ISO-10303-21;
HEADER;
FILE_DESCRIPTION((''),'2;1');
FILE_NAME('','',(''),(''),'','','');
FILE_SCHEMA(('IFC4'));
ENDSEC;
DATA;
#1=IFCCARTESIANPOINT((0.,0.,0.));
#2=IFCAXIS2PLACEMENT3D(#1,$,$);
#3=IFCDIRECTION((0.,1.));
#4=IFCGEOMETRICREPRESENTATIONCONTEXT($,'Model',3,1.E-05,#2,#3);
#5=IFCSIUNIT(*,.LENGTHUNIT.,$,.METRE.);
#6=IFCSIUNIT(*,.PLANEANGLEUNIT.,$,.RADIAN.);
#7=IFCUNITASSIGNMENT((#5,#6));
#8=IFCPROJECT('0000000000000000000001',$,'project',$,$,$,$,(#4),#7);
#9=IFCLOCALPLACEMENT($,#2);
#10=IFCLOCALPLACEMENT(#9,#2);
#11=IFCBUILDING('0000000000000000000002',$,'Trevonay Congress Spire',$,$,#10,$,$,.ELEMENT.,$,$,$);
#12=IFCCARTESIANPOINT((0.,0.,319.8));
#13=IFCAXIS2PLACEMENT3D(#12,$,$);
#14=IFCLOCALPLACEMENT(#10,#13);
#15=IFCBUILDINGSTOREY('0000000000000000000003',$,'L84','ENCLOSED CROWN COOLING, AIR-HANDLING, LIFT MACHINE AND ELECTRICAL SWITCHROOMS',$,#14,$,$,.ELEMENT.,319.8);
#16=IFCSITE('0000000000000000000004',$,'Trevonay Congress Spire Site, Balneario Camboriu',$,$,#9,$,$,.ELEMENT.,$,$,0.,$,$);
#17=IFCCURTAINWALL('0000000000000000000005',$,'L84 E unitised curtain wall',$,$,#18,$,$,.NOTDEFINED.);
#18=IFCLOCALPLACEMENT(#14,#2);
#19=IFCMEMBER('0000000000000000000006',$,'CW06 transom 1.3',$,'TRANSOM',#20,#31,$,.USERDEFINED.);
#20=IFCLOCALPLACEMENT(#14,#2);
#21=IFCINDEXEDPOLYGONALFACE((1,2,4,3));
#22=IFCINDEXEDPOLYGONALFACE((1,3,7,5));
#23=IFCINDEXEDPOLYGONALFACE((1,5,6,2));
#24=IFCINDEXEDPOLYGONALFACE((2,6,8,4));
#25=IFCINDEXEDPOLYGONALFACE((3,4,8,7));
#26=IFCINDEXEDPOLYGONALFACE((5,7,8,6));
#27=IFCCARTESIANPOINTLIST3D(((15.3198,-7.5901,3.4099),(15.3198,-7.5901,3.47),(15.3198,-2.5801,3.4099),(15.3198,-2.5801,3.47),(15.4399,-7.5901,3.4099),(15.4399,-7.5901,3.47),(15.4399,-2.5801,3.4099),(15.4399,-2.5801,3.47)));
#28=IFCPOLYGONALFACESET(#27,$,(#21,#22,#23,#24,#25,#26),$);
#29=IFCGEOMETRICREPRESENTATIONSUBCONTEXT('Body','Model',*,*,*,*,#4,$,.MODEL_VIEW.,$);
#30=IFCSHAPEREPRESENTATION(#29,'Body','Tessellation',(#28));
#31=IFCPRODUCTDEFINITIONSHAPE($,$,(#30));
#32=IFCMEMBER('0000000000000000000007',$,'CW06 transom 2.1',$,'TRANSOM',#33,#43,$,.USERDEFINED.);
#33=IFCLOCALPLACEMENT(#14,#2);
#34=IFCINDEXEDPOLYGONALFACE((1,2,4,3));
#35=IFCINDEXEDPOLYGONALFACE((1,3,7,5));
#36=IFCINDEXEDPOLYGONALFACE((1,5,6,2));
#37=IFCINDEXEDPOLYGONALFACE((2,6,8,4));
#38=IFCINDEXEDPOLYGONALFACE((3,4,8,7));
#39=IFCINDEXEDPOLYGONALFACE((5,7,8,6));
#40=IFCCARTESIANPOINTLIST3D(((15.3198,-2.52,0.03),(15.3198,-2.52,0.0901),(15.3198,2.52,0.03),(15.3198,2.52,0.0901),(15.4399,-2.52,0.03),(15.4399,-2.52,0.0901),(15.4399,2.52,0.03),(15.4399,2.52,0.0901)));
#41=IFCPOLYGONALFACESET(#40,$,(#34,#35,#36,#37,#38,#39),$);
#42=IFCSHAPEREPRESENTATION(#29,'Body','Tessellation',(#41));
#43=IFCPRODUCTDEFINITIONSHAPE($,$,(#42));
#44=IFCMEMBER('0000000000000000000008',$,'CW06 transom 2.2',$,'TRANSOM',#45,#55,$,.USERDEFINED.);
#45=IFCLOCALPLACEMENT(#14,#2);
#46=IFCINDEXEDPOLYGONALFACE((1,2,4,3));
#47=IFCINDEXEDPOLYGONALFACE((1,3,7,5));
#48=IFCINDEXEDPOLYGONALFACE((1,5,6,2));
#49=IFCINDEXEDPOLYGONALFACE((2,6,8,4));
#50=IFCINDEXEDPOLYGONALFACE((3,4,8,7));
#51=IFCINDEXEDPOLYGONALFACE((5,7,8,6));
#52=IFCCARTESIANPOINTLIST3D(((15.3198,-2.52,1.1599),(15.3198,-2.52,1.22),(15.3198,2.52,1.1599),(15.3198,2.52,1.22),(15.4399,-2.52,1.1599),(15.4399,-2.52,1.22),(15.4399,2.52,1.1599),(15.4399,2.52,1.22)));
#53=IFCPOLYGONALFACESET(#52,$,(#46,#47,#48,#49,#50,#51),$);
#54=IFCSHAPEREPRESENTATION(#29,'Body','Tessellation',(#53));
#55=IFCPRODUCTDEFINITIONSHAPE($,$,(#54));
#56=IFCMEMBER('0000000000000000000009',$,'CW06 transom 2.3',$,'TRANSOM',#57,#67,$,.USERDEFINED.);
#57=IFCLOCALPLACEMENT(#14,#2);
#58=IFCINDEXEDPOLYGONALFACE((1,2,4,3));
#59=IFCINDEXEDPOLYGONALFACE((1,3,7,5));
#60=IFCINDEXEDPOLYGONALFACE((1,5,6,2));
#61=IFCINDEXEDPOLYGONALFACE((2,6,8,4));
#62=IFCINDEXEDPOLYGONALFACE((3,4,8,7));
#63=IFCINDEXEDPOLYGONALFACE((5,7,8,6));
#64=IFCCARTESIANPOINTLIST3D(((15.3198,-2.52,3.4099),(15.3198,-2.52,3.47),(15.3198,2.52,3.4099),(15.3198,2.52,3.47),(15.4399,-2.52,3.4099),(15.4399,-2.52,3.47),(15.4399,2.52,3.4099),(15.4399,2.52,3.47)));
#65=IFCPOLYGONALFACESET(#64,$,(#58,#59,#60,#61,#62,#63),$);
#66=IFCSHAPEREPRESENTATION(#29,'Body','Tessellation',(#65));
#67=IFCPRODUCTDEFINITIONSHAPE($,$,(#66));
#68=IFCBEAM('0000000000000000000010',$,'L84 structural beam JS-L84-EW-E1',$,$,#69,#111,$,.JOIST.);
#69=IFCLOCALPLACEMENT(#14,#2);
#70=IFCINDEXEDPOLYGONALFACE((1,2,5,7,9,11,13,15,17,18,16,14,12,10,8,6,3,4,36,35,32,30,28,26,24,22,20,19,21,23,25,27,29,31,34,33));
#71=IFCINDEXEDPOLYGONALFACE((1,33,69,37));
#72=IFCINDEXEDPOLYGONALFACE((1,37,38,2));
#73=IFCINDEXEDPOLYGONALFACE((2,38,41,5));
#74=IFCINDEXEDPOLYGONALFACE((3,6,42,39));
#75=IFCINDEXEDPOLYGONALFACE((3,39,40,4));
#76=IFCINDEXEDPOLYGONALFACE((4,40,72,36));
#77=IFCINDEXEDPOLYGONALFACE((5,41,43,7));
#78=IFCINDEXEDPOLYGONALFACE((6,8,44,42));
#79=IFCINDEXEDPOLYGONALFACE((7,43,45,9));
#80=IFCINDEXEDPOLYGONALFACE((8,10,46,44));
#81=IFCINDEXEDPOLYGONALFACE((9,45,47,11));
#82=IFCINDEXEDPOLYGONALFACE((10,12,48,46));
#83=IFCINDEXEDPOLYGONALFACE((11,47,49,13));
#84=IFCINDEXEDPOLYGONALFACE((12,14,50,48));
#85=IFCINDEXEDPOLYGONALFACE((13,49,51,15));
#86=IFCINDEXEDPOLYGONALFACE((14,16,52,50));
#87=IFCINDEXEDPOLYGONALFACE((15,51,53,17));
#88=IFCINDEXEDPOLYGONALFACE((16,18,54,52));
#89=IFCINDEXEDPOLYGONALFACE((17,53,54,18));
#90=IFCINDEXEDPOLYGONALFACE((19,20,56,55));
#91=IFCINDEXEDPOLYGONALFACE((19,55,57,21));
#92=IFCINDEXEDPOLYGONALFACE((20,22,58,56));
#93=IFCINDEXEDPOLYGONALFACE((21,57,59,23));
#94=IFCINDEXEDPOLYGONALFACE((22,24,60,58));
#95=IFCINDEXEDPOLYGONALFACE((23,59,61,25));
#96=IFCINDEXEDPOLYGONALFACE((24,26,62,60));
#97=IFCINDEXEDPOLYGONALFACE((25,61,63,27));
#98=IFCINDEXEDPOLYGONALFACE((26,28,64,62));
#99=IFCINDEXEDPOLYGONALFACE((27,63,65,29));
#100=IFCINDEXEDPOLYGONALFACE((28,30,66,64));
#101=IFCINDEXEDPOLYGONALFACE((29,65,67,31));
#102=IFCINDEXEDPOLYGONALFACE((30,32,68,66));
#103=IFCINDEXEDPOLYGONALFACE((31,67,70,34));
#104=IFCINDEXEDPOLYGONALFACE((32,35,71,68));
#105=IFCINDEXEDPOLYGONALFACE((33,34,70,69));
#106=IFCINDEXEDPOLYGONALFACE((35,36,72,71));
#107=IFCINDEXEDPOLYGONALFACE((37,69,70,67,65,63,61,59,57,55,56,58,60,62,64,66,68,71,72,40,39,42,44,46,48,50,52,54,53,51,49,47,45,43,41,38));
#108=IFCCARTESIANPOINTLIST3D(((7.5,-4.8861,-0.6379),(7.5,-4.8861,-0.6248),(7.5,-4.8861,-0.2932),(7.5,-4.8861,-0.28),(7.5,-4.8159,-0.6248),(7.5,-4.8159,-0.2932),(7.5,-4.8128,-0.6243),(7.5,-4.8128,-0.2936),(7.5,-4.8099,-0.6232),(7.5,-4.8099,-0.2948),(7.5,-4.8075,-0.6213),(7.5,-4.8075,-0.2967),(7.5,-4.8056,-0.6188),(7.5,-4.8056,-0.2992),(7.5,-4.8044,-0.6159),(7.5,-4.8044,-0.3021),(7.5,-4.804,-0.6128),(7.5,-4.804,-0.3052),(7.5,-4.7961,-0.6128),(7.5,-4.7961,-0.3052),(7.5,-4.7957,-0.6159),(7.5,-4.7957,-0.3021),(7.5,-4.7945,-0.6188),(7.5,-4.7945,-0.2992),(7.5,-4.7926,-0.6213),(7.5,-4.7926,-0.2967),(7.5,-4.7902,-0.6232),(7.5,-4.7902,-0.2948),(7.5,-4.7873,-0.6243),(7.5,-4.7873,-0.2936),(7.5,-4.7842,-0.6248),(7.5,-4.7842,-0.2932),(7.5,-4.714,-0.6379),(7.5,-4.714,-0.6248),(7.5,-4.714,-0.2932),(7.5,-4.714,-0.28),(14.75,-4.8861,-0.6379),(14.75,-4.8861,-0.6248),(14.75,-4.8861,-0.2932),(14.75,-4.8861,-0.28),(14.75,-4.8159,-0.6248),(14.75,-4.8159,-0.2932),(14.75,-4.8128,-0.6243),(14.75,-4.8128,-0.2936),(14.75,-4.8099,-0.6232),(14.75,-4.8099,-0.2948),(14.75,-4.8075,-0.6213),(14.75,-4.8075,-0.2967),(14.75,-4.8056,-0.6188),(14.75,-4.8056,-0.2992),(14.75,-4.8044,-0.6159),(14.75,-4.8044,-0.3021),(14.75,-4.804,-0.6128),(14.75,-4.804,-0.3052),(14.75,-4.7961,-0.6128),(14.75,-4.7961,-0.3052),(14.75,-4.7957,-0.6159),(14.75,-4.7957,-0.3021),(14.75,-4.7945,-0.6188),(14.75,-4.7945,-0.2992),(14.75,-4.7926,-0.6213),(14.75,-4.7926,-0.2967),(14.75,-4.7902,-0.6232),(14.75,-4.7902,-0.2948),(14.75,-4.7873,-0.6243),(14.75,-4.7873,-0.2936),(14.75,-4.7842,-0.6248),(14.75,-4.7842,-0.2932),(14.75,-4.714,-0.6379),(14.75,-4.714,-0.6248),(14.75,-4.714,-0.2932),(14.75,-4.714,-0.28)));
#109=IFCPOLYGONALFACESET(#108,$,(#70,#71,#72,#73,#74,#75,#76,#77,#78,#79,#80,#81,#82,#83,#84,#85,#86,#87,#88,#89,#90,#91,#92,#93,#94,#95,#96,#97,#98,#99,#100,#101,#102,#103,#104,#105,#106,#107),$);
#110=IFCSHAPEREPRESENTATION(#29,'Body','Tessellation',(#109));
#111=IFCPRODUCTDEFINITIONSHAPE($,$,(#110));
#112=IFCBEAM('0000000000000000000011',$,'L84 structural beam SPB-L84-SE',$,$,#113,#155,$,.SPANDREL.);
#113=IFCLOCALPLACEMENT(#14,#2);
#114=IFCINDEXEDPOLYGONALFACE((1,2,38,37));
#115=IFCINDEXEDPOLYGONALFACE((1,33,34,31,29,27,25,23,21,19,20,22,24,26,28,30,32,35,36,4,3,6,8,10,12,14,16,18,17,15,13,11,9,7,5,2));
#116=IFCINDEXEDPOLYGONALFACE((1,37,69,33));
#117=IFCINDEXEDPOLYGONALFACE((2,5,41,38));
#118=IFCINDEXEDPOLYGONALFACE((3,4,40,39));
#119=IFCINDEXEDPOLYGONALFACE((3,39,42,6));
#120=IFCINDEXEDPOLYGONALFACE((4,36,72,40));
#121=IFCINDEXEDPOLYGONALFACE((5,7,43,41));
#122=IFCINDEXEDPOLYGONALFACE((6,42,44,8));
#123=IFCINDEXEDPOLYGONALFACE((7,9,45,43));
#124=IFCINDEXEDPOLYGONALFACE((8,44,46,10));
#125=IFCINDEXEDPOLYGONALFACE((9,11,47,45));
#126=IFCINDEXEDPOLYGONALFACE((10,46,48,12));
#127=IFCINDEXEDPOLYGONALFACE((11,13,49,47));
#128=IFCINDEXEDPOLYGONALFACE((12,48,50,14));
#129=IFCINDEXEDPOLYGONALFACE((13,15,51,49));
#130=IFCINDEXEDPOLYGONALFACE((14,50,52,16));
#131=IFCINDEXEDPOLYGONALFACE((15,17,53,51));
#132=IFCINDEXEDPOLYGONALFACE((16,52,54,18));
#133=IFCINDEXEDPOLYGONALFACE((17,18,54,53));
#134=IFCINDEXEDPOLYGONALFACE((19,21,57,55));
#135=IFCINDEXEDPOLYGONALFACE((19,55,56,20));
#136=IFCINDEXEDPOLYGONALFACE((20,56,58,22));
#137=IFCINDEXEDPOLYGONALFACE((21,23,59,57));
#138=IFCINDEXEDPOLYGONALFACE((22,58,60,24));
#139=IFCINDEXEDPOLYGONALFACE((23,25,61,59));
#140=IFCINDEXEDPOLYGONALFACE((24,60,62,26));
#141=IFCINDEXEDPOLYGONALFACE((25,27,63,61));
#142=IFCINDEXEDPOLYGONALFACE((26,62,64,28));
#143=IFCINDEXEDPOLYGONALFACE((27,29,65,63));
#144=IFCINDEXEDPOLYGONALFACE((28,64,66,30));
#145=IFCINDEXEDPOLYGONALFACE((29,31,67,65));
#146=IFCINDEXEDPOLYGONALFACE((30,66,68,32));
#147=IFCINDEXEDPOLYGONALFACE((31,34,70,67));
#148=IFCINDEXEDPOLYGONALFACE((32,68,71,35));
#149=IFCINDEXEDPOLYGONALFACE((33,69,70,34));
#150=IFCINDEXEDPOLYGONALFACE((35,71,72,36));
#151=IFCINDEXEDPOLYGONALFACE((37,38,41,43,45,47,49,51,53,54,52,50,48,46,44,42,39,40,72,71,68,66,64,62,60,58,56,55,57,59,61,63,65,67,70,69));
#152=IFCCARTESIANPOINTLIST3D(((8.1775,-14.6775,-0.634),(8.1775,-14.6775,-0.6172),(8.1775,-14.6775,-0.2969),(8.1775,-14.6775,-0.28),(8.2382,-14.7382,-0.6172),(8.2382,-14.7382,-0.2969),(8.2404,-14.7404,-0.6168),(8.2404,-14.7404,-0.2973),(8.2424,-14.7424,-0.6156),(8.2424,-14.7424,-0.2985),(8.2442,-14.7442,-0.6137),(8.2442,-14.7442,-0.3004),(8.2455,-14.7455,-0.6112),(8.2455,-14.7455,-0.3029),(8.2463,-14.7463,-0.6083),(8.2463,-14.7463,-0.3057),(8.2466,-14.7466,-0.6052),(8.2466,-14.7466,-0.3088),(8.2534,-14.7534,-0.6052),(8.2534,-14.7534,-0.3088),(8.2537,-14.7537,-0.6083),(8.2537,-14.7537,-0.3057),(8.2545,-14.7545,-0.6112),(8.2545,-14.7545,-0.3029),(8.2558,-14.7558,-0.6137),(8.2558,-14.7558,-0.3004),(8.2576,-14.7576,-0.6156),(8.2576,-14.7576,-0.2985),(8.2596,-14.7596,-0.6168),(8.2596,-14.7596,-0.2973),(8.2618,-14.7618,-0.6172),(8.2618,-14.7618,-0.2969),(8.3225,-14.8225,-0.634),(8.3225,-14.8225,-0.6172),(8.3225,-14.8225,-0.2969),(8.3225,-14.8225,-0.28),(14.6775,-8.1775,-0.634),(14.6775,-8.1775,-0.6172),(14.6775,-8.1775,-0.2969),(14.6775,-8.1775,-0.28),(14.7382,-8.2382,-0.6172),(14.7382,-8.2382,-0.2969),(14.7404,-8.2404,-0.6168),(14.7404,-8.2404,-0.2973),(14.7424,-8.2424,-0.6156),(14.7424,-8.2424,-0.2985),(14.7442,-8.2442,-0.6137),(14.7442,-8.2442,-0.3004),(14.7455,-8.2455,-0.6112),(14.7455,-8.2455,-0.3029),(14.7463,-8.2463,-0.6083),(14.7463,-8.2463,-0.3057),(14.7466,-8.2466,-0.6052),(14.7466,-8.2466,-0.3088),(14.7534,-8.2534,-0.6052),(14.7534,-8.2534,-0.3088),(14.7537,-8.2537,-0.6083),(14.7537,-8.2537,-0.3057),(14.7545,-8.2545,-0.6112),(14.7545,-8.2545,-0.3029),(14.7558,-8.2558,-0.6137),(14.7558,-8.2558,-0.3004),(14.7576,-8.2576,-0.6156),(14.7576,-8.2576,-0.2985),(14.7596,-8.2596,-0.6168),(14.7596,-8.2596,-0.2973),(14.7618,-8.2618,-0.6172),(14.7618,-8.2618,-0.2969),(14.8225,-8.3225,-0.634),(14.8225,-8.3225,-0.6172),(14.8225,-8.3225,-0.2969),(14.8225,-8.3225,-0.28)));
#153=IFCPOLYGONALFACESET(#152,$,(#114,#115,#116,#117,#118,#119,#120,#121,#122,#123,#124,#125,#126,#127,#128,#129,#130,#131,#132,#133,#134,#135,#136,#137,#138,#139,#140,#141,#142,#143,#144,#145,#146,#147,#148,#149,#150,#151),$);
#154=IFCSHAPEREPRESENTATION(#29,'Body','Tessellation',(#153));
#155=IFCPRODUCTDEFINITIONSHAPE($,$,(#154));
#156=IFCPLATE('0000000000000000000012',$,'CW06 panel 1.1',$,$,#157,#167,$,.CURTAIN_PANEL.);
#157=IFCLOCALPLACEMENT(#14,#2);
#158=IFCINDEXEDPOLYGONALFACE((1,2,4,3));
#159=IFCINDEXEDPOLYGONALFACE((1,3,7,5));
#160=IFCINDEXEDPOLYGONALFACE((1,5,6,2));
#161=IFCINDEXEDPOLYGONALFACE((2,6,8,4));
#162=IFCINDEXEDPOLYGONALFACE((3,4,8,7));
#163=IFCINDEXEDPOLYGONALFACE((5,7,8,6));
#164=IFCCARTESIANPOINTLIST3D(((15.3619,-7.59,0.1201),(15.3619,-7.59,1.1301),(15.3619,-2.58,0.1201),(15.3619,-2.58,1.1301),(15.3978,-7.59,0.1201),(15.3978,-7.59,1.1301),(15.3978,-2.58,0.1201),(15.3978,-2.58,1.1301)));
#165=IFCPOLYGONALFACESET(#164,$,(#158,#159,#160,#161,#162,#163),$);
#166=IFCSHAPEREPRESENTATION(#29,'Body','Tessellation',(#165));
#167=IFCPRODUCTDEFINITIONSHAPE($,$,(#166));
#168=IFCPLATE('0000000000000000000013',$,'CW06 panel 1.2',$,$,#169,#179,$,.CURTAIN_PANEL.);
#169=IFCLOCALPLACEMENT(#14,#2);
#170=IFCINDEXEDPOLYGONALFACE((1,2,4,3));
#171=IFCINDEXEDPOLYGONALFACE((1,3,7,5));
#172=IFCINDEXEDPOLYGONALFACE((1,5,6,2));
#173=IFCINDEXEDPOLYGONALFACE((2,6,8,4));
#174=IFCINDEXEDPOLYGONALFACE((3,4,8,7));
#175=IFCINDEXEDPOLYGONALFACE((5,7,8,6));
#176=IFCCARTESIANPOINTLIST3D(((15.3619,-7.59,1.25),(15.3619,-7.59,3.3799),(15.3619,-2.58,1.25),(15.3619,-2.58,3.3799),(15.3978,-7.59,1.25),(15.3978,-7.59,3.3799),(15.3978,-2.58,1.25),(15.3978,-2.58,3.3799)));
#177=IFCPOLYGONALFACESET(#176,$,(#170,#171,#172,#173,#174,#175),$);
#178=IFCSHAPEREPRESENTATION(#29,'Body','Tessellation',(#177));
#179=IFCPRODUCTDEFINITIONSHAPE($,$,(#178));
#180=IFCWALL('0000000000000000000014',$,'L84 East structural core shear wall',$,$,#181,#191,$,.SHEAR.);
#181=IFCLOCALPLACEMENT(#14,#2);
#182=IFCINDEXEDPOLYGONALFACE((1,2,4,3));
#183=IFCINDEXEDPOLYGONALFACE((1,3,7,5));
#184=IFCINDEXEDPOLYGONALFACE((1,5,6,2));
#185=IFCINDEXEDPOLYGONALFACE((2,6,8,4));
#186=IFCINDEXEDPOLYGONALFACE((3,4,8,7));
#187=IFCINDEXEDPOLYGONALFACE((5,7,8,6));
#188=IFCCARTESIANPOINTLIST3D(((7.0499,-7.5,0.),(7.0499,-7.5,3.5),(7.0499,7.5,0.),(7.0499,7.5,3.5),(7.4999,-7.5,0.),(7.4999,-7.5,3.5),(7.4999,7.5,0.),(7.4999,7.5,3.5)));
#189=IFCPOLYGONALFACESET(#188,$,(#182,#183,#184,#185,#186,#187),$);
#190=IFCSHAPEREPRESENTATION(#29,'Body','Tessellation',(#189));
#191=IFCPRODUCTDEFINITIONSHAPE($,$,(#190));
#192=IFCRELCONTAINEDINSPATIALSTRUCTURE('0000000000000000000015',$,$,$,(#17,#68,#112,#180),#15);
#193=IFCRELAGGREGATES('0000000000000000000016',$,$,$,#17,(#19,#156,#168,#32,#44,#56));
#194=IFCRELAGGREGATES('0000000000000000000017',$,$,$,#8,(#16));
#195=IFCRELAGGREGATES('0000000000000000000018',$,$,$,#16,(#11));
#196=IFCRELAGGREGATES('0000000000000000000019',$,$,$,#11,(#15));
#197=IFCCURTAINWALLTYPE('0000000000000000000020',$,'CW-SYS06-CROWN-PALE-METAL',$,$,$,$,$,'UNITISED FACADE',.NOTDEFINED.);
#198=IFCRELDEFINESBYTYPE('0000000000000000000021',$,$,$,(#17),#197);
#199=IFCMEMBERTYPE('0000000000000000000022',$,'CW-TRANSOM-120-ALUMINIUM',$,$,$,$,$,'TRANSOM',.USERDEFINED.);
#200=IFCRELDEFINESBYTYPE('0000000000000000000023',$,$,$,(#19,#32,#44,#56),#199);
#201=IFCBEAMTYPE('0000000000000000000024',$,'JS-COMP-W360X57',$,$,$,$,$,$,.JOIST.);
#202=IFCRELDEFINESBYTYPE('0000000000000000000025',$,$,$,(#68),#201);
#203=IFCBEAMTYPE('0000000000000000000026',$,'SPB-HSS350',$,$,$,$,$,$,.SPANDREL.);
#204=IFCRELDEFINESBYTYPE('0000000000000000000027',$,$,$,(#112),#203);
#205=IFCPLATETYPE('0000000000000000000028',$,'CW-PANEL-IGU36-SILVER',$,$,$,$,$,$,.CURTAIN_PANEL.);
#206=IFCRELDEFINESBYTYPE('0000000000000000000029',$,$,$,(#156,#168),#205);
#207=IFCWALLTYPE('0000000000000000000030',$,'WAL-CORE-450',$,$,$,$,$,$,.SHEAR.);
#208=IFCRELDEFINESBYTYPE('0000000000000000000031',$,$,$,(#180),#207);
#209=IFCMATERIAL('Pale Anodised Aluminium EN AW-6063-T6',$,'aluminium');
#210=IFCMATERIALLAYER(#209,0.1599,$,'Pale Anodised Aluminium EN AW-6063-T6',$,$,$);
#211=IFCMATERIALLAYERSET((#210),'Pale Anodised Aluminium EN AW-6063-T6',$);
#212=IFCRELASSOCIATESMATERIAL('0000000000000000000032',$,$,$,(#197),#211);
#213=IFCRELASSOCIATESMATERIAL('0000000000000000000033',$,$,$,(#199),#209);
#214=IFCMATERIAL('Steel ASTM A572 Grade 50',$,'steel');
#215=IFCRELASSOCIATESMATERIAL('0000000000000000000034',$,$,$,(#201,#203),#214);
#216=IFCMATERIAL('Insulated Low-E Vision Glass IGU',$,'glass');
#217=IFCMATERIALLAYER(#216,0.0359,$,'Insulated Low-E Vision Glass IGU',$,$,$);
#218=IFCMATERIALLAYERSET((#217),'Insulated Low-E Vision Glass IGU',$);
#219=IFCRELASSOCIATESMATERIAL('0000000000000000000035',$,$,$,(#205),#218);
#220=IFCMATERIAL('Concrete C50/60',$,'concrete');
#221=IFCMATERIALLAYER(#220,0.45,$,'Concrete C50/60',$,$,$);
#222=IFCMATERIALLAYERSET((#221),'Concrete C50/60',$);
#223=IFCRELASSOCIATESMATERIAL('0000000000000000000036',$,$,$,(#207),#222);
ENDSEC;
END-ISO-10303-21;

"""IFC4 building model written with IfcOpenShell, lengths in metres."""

from ifc_helpers import new_model, si_unit, direction, frame, frame_2d, origin, origin_2d, place, context, subcontext, project, spatial, rectangle, i_section, extrude, material, layer, layer_set, material_profile, profile_set, type_object, element, aggregate, save


model = new_model("IFC4")

# Units and contexts
model_context = context("Model", 3, precision=1e-05, world=origin(), true_north=direction((0.0, 1.0)))
body_context = subcontext(model_context, "Body", "Model", "MODEL_VIEW")
ifc_project = project(units=[si_unit("LENGTHUNIT", "METRE"), si_unit("PLANEANGLEUNIT", "RADIAN")], contexts=[model_context])

# Site, building, storey
site_placement = place(None, origin())
site = spatial("IfcSite", under=ifc_project, at=site_placement, Name="Trevonay Congress Spire Site, Balneario Camboriu", CompositionType="ELEMENT", RefElevation=0.0)
building_placement = place(site_placement, origin())
building = spatial("IfcBuilding", under=site, at=building_placement, Name="Trevonay Congress Spire", CompositionType="ELEMENT")
storey_placement = place(building_placement, frame((0.0, 0.0, 319.8)))
storey = spatial("IfcBuildingStorey", under=building, at=storey_placement, Name="L84", Description="ENCLOSED CROWN COOLING, AIR-HANDLING, LIFT MACHINE AND ELECTRICAL SWITCHROOMS", CompositionType="ELEMENT", Elevation=319.8)

# Shared definitions
ifc_material_1 = material(Name="Steel ASTM A572 Grade 50", Category="steel")

# Shared definitions
ifc_material_2 = material(Name="Pale Anodised Aluminium EN AW-6063-T6", Category="aluminium")
ifc_layer_1 = layer(ifc_material_2, 0.1599, Name="Pale Anodised Aluminium EN AW-6063-T6")
ifc_layer_set_1 = layer_set([ifc_layer_1], Name="Pale Anodised Aluminium EN AW-6063-T6")
curtain_wall_type = type_object("IfcCurtainWallType", Name="CW-SYS06-CROWN-PALE-METAL", ElementType="UNITISED FACADE", PredefinedType="NOTDEFINED", material=ifc_layer_set_1)

# Curtain wall, members
curtain_wall_1_placement = place(storey_placement, origin())
curtain_wall_1 = element("IfcCurtainWall", 1, at=curtain_wall_1_placement, inside=storey, type_object=curtain_wall_type, Name="L84 E unitised curtain wall", PredefinedType="NOTDEFINED")
ifc_material_profile_1 = material_profile(ifc_material_2, rectangle(XDim=0.1201, YDim=0.0601, at=origin_2d()), Name="CW-TRANSOM-120-ALUMINIUM")
ifc_profile_set_1 = profile_set([ifc_material_profile_1], Name="Pale Anodised Aluminium EN AW-6063-T6")
member_type_1 = type_object("IfcMemberType", Name="CW-TRANSOM-120-ALUMINIUM", ElementType="TRANSOM", PredefinedType="USERDEFINED", material=ifc_profile_set_1)
member_1_placement = place(storey_placement, frame((15.3799, -7.5901, 3.4399), z_axis=(0.0, 1.0, 0.0), x_axis=(-1.0, 0.0, 0.0)))
member_1 = element("IfcMember", 2, at=member_1_placement, type_object=member_type_1, Name="CW06 transom 1.3", ObjectType="TRANSOM", PredefinedType="USERDEFINED", context=body_context, shape_type="SweptSolid", body=[
    extrude(rectangle(XDim=0.1201, YDim=0.0601, at=origin_2d()), origin(), (0.0, 0.0, 1.0), 5.01),
])
member_2_placement = place(storey_placement, frame((15.3799, -2.52, 0.0601), z_axis=(0.0, 1.0, 0.0), x_axis=(-1.0, 0.0, 0.0)))
member_2 = element("IfcMember", 3, at=member_2_placement, type_object=member_type_1, Name="CW06 transom 2.1", ObjectType="TRANSOM", PredefinedType="USERDEFINED", context=body_context, shape_type="SweptSolid", body=[
    extrude(rectangle(XDim=0.1201, YDim=0.0601, at=origin_2d()), origin(), (0.0, 0.0, 1.0), 5.04),
])
member_3_placement = place(storey_placement, frame((15.3799, -2.52, 1.1899), z_axis=(0.0, 1.0, 0.0), x_axis=(-1.0, 0.0, 0.0)))
member_3 = element("IfcMember", 4, at=member_3_placement, type_object=member_type_1, Name="CW06 transom 2.2", ObjectType="TRANSOM", PredefinedType="USERDEFINED", context=body_context, shape_type="SweptSolid", body=[
    extrude(rectangle(XDim=0.1201, YDim=0.0601, at=origin_2d()), origin(), (0.0, 0.0, 1.0), 5.04),
])
member_4_placement = place(storey_placement, frame((15.3799, -2.52, 3.4399), z_axis=(0.0, 1.0, 0.0), x_axis=(-1.0, 0.0, 0.0)))
member_4 = element("IfcMember", 5, at=member_4_placement, type_object=member_type_1, Name="CW06 transom 2.3", ObjectType="TRANSOM", PredefinedType="USERDEFINED", context=body_context, shape_type="SweptSolid", body=[
    extrude(rectangle(XDim=0.1201, YDim=0.0601, at=origin_2d()), origin(), (0.0, 0.0, 1.0), 5.04),
])

# Beams
ifc_material_profile_2 = material_profile(ifc_material_1, i_section(OverallWidth=0.1721, OverallDepth=0.3579, WebThickness=0.0078, FlangeThickness=0.0132, FilletRadius=0.012, at=origin_2d()), Name="W360x57.8")
ifc_profile_set_2 = profile_set([ifc_material_profile_2], Name="Steel ASTM A572 Grade 50")
beam_type_1 = type_object("IfcBeamType", Name="JS-COMP-W360X57", PredefinedType="JOIST", material=ifc_profile_set_2)
beam_1_placement = place(storey_placement, frame((7.5, -4.8, -0.459), z_axis=(1.0, 0.0, 0.0), x_axis=(0.0, 1.0, 0.0)))
element("IfcBeam", 6, at=beam_1_placement, inside=storey, type_object=beam_type_1, Name="L84 structural beam JS-L84-EW-E1", PredefinedType="JOIST", context=body_context, shape_type="SweptSolid", body=[
    extrude(i_section(OverallWidth=0.1721, OverallDepth=0.3579, WebThickness=0.0078, FlangeThickness=0.0132, FilletRadius=0.012, at=origin_2d()), origin(), (0.0, 0.0, 1.0), 7.25),
])
ifc_material_profile_3 = material_profile(ifc_material_1, i_section(OverallWidth=0.2051, OverallDepth=0.354, WebThickness=0.0095, FlangeThickness=0.0168, FilletRadius=0.012, at=origin_2d()), Name="W360x79")
ifc_profile_set_3 = profile_set([ifc_material_profile_3], Name="Steel ASTM A572 Grade 50")
beam_type_2 = type_object("IfcBeamType", Name="SPB-HSS350", PredefinedType="SPANDREL", material=ifc_profile_set_3)
beam_2_placement = place(storey_placement, frame((8.25, -14.75, -0.457), z_axis=(0.707107, 0.707107, 0.0), x_axis=(-0.707107, 0.707107, 0.0)))
element("IfcBeam", 7, at=beam_2_placement, inside=storey, type_object=beam_type_2, Name="L84 structural beam SPB-L84-SE", PredefinedType="SPANDREL", context=body_context, shape_type="SweptSolid", body=[
    extrude(i_section(OverallWidth=0.2051, OverallDepth=0.354, WebThickness=0.0095, FlangeThickness=0.0168, FilletRadius=0.012, at=origin_2d()), origin(), (0.0, 0.0, 1.0), 9.1924),
])

# Plates
ifc_material_3 = material(Name="Insulated Low-E Vision Glass IGU", Category="glass")
ifc_layer_2 = layer(ifc_material_3, 0.0359, Name="Insulated Low-E Vision Glass IGU")
ifc_layer_set_2 = layer_set([ifc_layer_2], Name="Insulated Low-E Vision Glass IGU")
plate_type = type_object("IfcPlateType", Name="CW-PANEL-IGU36-SILVER", PredefinedType="CURTAIN_PANEL", material=ifc_layer_set_2)
plate_1_placement = place(storey_placement, frame((15.3799, -5.085, 0.1201), z_axis=(0.0, 0.0, 1.0), x_axis=(0.0, 1.0, 0.0)))
plate_1 = element("IfcPlate", 8, at=plate_1_placement, type_object=plate_type, Name="CW06 panel 1.1", PredefinedType="CURTAIN_PANEL", context=body_context, shape_type="SweptSolid", body=[
    extrude(rectangle(XDim=5.01, YDim=0.0359, at=origin_2d()), origin(), (0.0, 0.0, 1.0), 1.01),
])
plate_2_placement = place(storey_placement, frame((15.3799, -5.085, 1.25), z_axis=(0.0, 0.0, 1.0), x_axis=(0.0, 1.0, 0.0)))
plate_2 = element("IfcPlate", 9, at=plate_2_placement, type_object=plate_type, Name="CW06 panel 1.2", PredefinedType="CURTAIN_PANEL", context=body_context, shape_type="SweptSolid", body=[
    extrude(rectangle(XDim=5.01, YDim=0.0359, at=origin_2d()), origin(), (0.0, 0.0, 1.0), 2.1299),
])
aggregate(curtain_wall_1, [member_1, plate_1, plate_2, member_2, member_3, member_4])

# Wall
ifc_material_4 = material(Name="Concrete C50/60", Category="concrete")
ifc_layer_3 = layer(ifc_material_4, 0.45, Name="Concrete C50/60")
ifc_layer_set_3 = layer_set([ifc_layer_3], Name="Concrete C50/60")
wall_type_1 = type_object("IfcWallType", Name="WAL-CORE-450", PredefinedType="SHEAR", material=ifc_layer_set_3)
wall_1_placement = place(storey_placement, frame((7.2749, -7.5, 0.0), z_axis=(0.0, 0.0, 1.0), x_axis=(0.0, 1.0, 0.0)))
element("IfcWall", 10, at=wall_1_placement, inside=storey, type_object=wall_type_1, Name="L84 East structural core shear wall", PredefinedType="SHEAR", context=body_context, shape_type="SweptSolid", body=[
    extrude(rectangle(XDim=15.0, YDim=0.45, at=frame_2d((7.5, 0.0))), origin(), (0.0, 0.0, 1.0), 3.5),
])

save(model, "model.ifc")
